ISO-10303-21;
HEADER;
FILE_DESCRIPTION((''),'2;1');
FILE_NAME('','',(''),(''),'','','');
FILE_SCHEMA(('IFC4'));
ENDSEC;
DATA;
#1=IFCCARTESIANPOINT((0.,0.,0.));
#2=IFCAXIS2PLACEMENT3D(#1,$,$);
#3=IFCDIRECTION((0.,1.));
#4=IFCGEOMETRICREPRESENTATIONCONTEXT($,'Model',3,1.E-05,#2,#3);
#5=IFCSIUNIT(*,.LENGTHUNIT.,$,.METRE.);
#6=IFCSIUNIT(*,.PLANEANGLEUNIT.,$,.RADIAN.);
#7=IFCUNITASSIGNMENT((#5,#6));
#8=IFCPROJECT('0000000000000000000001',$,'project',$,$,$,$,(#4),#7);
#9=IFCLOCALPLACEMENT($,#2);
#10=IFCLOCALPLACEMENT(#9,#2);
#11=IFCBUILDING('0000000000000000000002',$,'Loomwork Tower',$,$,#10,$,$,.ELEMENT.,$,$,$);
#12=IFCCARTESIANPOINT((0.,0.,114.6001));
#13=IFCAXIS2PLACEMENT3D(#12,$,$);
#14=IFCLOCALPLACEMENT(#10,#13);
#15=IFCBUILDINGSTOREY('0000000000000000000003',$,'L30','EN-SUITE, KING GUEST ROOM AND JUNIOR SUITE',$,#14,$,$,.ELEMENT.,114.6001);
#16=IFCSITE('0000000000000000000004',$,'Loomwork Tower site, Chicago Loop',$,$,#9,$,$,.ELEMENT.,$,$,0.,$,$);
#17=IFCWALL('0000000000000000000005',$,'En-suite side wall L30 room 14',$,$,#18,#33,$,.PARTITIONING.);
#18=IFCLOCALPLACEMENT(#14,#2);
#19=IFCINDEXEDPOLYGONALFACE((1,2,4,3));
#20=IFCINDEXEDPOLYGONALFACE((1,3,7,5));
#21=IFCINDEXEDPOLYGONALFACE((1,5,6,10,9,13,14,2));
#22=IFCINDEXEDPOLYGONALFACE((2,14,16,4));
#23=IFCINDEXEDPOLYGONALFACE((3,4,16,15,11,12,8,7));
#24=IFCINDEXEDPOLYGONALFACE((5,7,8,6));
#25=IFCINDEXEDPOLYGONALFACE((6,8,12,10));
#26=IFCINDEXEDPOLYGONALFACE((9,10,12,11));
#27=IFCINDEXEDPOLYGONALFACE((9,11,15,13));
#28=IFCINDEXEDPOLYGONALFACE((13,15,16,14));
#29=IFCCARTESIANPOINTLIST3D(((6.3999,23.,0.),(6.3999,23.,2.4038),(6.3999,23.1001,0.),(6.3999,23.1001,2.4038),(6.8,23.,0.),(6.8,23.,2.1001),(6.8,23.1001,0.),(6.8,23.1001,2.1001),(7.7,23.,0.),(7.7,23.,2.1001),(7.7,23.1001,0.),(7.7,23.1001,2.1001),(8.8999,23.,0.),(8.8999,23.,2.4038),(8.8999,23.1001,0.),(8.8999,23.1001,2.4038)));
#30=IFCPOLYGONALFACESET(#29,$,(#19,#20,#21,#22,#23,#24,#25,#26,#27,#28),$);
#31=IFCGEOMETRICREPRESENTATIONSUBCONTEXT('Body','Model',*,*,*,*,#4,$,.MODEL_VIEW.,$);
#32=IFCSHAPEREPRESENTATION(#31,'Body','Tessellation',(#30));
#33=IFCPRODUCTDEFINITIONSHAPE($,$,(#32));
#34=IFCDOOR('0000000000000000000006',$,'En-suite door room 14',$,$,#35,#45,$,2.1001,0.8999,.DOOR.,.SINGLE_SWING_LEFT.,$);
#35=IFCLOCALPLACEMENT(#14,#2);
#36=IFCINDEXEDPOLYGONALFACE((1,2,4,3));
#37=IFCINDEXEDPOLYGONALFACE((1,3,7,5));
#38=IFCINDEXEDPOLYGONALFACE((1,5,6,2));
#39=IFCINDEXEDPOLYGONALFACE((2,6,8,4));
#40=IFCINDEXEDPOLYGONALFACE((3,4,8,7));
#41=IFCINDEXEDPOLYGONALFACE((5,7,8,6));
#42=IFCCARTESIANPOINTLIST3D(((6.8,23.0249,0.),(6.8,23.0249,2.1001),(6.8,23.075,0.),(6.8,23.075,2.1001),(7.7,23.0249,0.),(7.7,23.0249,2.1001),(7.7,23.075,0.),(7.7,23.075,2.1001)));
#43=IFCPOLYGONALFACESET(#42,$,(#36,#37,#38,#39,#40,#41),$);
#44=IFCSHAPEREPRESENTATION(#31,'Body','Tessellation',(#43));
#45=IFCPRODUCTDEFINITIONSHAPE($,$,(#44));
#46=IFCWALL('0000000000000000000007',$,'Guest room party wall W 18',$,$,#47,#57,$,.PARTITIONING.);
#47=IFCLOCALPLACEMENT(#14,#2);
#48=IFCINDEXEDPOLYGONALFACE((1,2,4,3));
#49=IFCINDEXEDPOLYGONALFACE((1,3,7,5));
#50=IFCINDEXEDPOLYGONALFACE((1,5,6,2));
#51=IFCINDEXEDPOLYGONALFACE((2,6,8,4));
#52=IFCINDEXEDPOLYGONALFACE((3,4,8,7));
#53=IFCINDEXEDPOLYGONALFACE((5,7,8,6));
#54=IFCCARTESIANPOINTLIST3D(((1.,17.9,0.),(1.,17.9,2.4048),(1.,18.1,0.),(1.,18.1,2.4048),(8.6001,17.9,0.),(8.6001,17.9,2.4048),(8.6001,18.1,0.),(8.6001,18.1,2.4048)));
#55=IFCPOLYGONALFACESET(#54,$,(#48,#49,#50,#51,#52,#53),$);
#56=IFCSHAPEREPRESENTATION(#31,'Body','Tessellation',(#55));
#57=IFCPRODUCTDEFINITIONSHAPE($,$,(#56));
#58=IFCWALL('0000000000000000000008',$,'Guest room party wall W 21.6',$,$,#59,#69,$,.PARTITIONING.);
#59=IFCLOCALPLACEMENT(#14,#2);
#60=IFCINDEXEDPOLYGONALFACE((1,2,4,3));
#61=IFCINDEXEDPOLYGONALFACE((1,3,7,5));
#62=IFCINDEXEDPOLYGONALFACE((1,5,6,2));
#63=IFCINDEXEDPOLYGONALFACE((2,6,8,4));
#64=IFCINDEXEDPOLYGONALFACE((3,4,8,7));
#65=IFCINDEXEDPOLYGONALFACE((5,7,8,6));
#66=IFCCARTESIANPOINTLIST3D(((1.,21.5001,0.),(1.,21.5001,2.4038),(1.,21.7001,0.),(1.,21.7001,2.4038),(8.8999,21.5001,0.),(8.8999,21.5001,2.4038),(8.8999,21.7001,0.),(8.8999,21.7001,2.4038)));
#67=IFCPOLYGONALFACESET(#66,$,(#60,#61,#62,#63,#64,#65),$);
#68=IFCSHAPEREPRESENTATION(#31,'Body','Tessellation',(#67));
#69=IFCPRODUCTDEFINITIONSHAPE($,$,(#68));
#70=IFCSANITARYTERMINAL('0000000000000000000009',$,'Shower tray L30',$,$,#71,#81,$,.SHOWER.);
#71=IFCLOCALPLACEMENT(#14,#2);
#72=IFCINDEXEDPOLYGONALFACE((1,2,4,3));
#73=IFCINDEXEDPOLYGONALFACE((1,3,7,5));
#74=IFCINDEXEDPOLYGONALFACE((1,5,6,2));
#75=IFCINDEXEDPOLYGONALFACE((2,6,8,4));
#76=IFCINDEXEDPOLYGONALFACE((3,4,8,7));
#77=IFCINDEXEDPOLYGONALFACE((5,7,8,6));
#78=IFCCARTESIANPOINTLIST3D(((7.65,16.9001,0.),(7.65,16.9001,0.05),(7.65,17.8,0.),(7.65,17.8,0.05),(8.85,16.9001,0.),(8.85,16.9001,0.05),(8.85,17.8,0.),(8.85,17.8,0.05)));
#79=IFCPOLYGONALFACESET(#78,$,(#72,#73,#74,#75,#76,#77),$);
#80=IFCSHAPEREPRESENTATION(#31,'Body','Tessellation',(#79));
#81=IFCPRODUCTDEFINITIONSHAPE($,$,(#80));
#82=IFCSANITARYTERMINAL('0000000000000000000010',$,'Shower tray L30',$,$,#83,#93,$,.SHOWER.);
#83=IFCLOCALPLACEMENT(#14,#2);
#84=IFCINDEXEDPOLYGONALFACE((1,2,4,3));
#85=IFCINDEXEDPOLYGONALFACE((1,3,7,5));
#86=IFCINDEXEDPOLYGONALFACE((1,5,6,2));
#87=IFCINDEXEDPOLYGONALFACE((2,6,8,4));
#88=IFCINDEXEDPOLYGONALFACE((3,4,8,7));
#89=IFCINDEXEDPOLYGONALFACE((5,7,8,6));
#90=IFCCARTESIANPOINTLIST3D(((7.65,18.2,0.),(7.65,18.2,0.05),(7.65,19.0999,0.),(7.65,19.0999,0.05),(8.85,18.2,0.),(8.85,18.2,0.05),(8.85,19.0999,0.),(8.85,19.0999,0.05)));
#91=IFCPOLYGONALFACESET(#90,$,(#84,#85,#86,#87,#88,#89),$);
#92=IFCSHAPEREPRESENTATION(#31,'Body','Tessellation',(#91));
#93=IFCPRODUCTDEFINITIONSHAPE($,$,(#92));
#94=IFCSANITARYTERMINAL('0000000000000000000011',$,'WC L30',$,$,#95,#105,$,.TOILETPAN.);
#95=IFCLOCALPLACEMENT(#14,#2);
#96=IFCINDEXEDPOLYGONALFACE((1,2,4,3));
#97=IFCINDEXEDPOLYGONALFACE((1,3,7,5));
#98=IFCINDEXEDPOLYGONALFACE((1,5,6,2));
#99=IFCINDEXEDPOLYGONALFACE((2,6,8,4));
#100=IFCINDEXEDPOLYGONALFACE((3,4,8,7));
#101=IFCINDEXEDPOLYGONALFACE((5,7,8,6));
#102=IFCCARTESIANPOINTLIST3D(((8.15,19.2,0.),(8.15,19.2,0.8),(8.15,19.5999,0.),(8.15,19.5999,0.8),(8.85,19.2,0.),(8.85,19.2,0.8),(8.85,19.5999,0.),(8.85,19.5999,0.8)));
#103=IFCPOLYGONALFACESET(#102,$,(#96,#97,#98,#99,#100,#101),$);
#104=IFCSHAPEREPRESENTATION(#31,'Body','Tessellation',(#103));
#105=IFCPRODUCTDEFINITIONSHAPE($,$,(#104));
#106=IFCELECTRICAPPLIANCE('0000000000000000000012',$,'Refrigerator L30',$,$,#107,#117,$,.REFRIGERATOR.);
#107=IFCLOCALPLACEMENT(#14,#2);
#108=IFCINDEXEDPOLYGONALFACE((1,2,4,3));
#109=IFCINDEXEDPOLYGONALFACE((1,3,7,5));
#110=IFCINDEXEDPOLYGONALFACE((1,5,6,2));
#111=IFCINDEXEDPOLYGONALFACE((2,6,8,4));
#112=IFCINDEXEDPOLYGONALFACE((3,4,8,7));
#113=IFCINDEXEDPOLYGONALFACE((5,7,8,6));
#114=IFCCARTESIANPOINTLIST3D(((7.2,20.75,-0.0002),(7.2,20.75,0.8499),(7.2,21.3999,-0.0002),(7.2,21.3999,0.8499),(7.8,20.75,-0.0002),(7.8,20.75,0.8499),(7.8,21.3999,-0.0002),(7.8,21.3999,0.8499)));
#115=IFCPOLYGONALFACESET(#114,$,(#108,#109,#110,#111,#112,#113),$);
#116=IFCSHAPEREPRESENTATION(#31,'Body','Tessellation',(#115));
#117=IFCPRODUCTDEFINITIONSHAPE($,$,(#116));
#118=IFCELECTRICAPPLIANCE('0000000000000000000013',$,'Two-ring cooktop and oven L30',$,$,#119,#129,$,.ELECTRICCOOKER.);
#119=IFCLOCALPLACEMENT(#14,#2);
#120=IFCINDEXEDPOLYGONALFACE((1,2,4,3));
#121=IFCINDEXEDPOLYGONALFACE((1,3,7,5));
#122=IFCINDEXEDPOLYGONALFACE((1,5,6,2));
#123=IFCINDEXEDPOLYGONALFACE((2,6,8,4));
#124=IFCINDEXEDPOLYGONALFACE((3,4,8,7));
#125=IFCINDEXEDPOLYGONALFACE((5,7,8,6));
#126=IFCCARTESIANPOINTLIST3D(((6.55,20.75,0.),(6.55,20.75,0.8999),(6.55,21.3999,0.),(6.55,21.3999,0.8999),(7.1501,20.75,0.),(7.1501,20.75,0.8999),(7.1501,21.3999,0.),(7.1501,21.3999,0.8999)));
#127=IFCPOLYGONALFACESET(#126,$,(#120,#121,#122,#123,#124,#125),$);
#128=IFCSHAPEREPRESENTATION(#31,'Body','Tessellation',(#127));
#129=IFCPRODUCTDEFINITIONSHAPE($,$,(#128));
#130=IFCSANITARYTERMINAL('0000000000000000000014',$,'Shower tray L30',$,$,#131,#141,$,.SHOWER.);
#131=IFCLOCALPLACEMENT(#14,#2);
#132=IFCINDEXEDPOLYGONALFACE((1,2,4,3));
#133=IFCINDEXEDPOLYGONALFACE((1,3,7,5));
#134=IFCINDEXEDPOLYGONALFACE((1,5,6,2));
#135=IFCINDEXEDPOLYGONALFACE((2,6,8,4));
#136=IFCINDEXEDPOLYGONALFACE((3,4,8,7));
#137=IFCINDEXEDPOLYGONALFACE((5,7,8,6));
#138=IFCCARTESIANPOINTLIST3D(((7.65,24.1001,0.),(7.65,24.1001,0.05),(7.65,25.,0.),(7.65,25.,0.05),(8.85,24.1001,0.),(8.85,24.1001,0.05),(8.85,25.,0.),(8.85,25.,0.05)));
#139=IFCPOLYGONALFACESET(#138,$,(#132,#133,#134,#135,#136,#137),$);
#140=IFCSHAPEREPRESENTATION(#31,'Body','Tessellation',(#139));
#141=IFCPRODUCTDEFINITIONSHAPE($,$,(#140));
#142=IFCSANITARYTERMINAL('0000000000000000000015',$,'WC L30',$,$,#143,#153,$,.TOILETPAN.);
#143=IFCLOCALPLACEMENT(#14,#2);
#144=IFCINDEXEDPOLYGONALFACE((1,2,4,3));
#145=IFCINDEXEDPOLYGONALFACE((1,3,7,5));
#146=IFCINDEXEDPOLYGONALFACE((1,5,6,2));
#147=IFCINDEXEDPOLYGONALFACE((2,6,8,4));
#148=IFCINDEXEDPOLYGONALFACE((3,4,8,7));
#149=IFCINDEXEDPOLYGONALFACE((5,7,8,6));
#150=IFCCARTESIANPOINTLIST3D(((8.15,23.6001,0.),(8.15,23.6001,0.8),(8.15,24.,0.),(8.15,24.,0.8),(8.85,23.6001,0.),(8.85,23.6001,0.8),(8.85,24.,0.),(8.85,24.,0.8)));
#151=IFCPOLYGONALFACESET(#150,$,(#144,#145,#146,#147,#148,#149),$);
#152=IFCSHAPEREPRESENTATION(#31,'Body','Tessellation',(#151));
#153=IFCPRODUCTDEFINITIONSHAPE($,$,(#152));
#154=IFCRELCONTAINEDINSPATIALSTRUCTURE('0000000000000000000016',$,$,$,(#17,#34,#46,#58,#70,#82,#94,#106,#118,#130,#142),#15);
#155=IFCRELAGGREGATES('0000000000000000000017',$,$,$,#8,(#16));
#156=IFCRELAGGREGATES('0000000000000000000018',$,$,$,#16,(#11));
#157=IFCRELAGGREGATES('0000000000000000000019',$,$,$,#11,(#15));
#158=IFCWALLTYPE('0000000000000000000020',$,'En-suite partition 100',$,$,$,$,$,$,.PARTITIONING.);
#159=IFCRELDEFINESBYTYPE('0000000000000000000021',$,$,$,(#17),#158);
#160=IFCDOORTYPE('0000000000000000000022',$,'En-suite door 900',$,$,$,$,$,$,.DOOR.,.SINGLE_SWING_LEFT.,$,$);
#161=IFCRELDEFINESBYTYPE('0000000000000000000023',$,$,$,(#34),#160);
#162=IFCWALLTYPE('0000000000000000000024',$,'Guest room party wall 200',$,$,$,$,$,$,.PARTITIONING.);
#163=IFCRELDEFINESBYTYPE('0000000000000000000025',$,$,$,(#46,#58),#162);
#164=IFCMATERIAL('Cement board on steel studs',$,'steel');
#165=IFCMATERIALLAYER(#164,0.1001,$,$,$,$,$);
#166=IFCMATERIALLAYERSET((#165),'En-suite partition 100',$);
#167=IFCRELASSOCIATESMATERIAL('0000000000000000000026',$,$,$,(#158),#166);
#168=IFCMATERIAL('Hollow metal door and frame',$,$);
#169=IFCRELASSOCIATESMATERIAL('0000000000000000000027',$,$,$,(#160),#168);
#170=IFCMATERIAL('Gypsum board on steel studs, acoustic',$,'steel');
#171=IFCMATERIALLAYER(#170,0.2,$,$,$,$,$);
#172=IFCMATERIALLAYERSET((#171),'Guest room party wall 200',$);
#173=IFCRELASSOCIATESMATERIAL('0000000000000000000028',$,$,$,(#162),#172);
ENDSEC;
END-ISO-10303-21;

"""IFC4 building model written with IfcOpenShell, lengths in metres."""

from ifc_helpers import new_model, si_unit, direction, frame, frame_2d, origin, origin_2d, place, context, subcontext, project, spatial, rectangle, extrude, material, layer, layer_set, type_object, element, fill, save


model = new_model("IFC4")

# Units and contexts
model_context = context("Model", 3, precision=1e-05, world=origin(), true_north=direction((0.0, 1.0)))
body_context = subcontext(model_context, "Body", "Model", "MODEL_VIEW")
ifc_project = project(units=[si_unit("LENGTHUNIT", "METRE"), si_unit("PLANEANGLEUNIT", "RADIAN")], contexts=[model_context])

# Site, building, storey
site_placement = place(None, origin())
site = spatial("IfcSite", under=ifc_project, at=site_placement, Name="Loomwork Tower site, Chicago Loop", CompositionType="ELEMENT", RefElevation=0.0)
building_placement = place(site_placement, origin())
building = spatial("IfcBuilding", under=site, at=building_placement, Name="Loomwork Tower", CompositionType="ELEMENT")
storey_placement = place(building_placement, frame((0.0, 0.0, 114.6001)))
storey = spatial("IfcBuildingStorey", under=building, at=storey_placement, Name="L30", Description="EN-SUITE, KING GUEST ROOM AND JUNIOR SUITE", CompositionType="ELEMENT", Elevation=114.6001)

# Wall, opening, door
ifc_material_1 = material(Name="Cement board on steel studs", Category="steel")
ifc_layer_1 = layer(ifc_material_1, 0.1001)
ifc_layer_set_1 = layer_set([ifc_layer_1], Name="En-suite partition 100")
wall_type_1 = type_object("IfcWallType", Name="En-suite partition 100", PredefinedType="PARTITIONING", material=ifc_layer_set_1)
ifc_material_2 = material(Name="Hollow metal door and frame")
door_type_1 = type_object("IfcDoorType", Name="En-suite door 900", OperationType="SINGLE_SWING_LEFT", PredefinedType="DOOR", material=ifc_material_2)
wall_1_placement = place(storey_placement, frame((8.8999, 23.05, 0.0), z_axis=(0.0, 0.0, 1.0), x_axis=(-1.0, 0.0, 0.0)))
wall_1 = element("IfcWall", 1, at=wall_1_placement, inside=storey, type_object=wall_type_1, Name="En-suite side wall L30 room 14", PredefinedType="PARTITIONING", context=body_context, shape_type="SweptSolid", body=[
    extrude(rectangle(XDim=2.5, YDim=0.1001, at=frame_2d((1.25, 0.0))), origin(), (0.0, 0.0, 1.0), 2.4038),
])
opening_1_placement = place(wall_1_placement, frame((1.2, 0.0, 0.0)))
opening_1 = element("IfcOpeningElement", 2, at=opening_1_placement, cuts=wall_1, PredefinedType="OPENING", context=body_context, shape_type="SweptSolid", body=[
    extrude(rectangle(XDim=0.8999, YDim=2.1001, at=frame_2d((0.45, 1.05))), frame((0.0, 0.0601, 0.0), z_axis=(0.0, -1.0, 0.0), x_axis=(1.0, 0.0, 0.0)), (0.0, 0.0, 1.0), 0.1201),
])
door_1_placement = place(opening_1_placement, frame((0.8999, 0.0, 0.0), z_axis=(0.0, 0.0, 1.0), x_axis=(-1.0, 0.0, 0.0)))
door_1 = element("IfcDoor", 3, at=door_1_placement, inside=storey, type_object=door_type_1, Name="En-suite door room 14", OperationType="SINGLE_SWING_LEFT", OverallHeight=2.1001, OverallWidth=0.8999, PredefinedType="DOOR", context=body_context, shape_type="SweptSolid", body=[
    extrude(rectangle(XDim=0.8999, YDim=2.1001, at=frame_2d((0.45, 1.05))), frame((0.0, 0.0249, 0.0), z_axis=(0.0, -1.0, 0.0), x_axis=(1.0, 0.0, 0.0)), (0.0, 0.0, 1.0), 0.05),
])
fill(opening_1, door_1)

# Walls
ifc_material_3 = material(Name="Gypsum board on steel studs, acoustic", Category="steel")
ifc_layer_2 = layer(ifc_material_3, 0.2)
ifc_layer_set_2 = layer_set([ifc_layer_2], Name="Guest room party wall 200")
wall_type_2 = type_object("IfcWallType", Name="Guest room party wall 200", PredefinedType="PARTITIONING", material=ifc_layer_set_2)
wall_2_placement = place(storey_placement, frame((8.6001, 18.0, 0.0), z_axis=(0.0, 0.0, 1.0), x_axis=(-1.0, 0.0, 0.0)))
element("IfcWall", 4, at=wall_2_placement, inside=storey, type_object=wall_type_2, Name="Guest room party wall W 18", PredefinedType="PARTITIONING", context=body_context, shape_type="SweptSolid", body=[
    extrude(rectangle(XDim=7.6001, YDim=0.2, at=frame_2d((3.8, 0.0))), origin(), (0.0, 0.0, 1.0), 2.4048),
])
wall_3_placement = place(storey_placement, frame((8.8999, 21.6001, 0.0), z_axis=(0.0, 0.0, 1.0), x_axis=(-1.0, 0.0, 0.0)))
element("IfcWall", 5, at=wall_3_placement, inside=storey, type_object=wall_type_2, Name="Guest room party wall W 21.6", PredefinedType="PARTITIONING", context=body_context, shape_type="SweptSolid", body=[
    extrude(rectangle(XDim=7.8999, YDim=0.2, at=frame_2d((3.95, 0.0))), origin(), (0.0, 0.0, 1.0), 2.4038),
])

# Sanitary terminals
for number, where, z_axis, x_axis, name in (
    (6, (8.25, 17.3501, 0.0), (0.0, 0.0, 1.0), (1.0, 0.0, 0.0), "Shower tray L30"),
    (7, (8.25, 18.6499, 0.0), (0.0, 0.0, 1.0), (1.0, 0.0, 0.0), "Shower tray L30"),
):
    element("IfcSanitaryTerminal", number, at=place(storey_placement, frame(where, z_axis=z_axis, x_axis=x_axis)), inside=storey, Name=name, PredefinedType="SHOWER", context=body_context, shape_type="SweptSolid", body=[
        extrude(rectangle(XDim=1.2, YDim=0.8999, at=origin_2d()), origin(), (0.0, 0.0, 1.0), 0.05),
    ])
sanitary_terminal_1_placement = place(storey_placement, frame((8.5, 19.3999, 0.0), z_axis=(0.0, 0.0, 1.0), x_axis=(1.0, 0.0, 0.0)))
element("IfcSanitaryTerminal", 8, at=sanitary_terminal_1_placement, inside=storey, Name="WC L30", PredefinedType="TOILETPAN", context=body_context, shape_type="SweptSolid", body=[
    extrude(rectangle(XDim=0.7, YDim=0.3999, at=origin_2d()), origin(), (0.0, 0.0, 1.0), 0.8),
])

# Electric appliances
electric_appliance_1_placement = place(storey_placement, frame((7.5, 21.075, -0.0002), z_axis=(0.0, 0.0, 1.0), x_axis=(1.0, 0.0, 0.0)))
element("IfcElectricAppliance", 9, at=electric_appliance_1_placement, inside=storey, Name="Refrigerator L30", PredefinedType="REFRIGERATOR", context=body_context, shape_type="SweptSolid", body=[
    extrude(rectangle(XDim=0.6001, YDim=0.6499, at=origin_2d()), origin(), (0.0, 0.0, 1.0), 0.8501),
])
electric_appliance_2_placement = place(storey_placement, frame((6.8501, 21.075, 0.0), z_axis=(0.0, 0.0, 1.0), x_axis=(1.0, 0.0, 0.0)))
element("IfcElectricAppliance", 10, at=electric_appliance_2_placement, inside=storey, Name="Two-ring cooktop and oven L30", PredefinedType="ELECTRICCOOKER", context=body_context, shape_type="SweptSolid", body=[
    extrude(rectangle(XDim=0.6001, YDim=0.6499, at=origin_2d()), origin(), (0.0, 0.0, 1.0), 0.8999),
])

# Sanitary terminals
sanitary_terminal_2_placement = place(storey_placement, frame((8.25, 24.55, 0.0), z_axis=(0.0, 0.0, 1.0), x_axis=(1.0, 0.0, 0.0)))
element("IfcSanitaryTerminal", 11, at=sanitary_terminal_2_placement, inside=storey, Name="Shower tray L30", PredefinedType="SHOWER", context=body_context, shape_type="SweptSolid", body=[
    extrude(rectangle(XDim=1.2, YDim=0.8999, at=origin_2d()), origin(), (0.0, 0.0, 1.0), 0.05),
])
sanitary_terminal_3_placement = place(storey_placement, frame((8.5, 23.8, 0.0), z_axis=(0.0, 0.0, 1.0), x_axis=(1.0, 0.0, 0.0)))
element("IfcSanitaryTerminal", 12, at=sanitary_terminal_3_placement, inside=storey, Name="WC L30", PredefinedType="TOILETPAN", context=body_context, shape_type="SweptSolid", body=[
    extrude(rectangle(XDim=0.7, YDim=0.3999, at=origin_2d()), origin(), (0.0, 0.0, 1.0), 0.8),
])

save(model, "model.ifc")
